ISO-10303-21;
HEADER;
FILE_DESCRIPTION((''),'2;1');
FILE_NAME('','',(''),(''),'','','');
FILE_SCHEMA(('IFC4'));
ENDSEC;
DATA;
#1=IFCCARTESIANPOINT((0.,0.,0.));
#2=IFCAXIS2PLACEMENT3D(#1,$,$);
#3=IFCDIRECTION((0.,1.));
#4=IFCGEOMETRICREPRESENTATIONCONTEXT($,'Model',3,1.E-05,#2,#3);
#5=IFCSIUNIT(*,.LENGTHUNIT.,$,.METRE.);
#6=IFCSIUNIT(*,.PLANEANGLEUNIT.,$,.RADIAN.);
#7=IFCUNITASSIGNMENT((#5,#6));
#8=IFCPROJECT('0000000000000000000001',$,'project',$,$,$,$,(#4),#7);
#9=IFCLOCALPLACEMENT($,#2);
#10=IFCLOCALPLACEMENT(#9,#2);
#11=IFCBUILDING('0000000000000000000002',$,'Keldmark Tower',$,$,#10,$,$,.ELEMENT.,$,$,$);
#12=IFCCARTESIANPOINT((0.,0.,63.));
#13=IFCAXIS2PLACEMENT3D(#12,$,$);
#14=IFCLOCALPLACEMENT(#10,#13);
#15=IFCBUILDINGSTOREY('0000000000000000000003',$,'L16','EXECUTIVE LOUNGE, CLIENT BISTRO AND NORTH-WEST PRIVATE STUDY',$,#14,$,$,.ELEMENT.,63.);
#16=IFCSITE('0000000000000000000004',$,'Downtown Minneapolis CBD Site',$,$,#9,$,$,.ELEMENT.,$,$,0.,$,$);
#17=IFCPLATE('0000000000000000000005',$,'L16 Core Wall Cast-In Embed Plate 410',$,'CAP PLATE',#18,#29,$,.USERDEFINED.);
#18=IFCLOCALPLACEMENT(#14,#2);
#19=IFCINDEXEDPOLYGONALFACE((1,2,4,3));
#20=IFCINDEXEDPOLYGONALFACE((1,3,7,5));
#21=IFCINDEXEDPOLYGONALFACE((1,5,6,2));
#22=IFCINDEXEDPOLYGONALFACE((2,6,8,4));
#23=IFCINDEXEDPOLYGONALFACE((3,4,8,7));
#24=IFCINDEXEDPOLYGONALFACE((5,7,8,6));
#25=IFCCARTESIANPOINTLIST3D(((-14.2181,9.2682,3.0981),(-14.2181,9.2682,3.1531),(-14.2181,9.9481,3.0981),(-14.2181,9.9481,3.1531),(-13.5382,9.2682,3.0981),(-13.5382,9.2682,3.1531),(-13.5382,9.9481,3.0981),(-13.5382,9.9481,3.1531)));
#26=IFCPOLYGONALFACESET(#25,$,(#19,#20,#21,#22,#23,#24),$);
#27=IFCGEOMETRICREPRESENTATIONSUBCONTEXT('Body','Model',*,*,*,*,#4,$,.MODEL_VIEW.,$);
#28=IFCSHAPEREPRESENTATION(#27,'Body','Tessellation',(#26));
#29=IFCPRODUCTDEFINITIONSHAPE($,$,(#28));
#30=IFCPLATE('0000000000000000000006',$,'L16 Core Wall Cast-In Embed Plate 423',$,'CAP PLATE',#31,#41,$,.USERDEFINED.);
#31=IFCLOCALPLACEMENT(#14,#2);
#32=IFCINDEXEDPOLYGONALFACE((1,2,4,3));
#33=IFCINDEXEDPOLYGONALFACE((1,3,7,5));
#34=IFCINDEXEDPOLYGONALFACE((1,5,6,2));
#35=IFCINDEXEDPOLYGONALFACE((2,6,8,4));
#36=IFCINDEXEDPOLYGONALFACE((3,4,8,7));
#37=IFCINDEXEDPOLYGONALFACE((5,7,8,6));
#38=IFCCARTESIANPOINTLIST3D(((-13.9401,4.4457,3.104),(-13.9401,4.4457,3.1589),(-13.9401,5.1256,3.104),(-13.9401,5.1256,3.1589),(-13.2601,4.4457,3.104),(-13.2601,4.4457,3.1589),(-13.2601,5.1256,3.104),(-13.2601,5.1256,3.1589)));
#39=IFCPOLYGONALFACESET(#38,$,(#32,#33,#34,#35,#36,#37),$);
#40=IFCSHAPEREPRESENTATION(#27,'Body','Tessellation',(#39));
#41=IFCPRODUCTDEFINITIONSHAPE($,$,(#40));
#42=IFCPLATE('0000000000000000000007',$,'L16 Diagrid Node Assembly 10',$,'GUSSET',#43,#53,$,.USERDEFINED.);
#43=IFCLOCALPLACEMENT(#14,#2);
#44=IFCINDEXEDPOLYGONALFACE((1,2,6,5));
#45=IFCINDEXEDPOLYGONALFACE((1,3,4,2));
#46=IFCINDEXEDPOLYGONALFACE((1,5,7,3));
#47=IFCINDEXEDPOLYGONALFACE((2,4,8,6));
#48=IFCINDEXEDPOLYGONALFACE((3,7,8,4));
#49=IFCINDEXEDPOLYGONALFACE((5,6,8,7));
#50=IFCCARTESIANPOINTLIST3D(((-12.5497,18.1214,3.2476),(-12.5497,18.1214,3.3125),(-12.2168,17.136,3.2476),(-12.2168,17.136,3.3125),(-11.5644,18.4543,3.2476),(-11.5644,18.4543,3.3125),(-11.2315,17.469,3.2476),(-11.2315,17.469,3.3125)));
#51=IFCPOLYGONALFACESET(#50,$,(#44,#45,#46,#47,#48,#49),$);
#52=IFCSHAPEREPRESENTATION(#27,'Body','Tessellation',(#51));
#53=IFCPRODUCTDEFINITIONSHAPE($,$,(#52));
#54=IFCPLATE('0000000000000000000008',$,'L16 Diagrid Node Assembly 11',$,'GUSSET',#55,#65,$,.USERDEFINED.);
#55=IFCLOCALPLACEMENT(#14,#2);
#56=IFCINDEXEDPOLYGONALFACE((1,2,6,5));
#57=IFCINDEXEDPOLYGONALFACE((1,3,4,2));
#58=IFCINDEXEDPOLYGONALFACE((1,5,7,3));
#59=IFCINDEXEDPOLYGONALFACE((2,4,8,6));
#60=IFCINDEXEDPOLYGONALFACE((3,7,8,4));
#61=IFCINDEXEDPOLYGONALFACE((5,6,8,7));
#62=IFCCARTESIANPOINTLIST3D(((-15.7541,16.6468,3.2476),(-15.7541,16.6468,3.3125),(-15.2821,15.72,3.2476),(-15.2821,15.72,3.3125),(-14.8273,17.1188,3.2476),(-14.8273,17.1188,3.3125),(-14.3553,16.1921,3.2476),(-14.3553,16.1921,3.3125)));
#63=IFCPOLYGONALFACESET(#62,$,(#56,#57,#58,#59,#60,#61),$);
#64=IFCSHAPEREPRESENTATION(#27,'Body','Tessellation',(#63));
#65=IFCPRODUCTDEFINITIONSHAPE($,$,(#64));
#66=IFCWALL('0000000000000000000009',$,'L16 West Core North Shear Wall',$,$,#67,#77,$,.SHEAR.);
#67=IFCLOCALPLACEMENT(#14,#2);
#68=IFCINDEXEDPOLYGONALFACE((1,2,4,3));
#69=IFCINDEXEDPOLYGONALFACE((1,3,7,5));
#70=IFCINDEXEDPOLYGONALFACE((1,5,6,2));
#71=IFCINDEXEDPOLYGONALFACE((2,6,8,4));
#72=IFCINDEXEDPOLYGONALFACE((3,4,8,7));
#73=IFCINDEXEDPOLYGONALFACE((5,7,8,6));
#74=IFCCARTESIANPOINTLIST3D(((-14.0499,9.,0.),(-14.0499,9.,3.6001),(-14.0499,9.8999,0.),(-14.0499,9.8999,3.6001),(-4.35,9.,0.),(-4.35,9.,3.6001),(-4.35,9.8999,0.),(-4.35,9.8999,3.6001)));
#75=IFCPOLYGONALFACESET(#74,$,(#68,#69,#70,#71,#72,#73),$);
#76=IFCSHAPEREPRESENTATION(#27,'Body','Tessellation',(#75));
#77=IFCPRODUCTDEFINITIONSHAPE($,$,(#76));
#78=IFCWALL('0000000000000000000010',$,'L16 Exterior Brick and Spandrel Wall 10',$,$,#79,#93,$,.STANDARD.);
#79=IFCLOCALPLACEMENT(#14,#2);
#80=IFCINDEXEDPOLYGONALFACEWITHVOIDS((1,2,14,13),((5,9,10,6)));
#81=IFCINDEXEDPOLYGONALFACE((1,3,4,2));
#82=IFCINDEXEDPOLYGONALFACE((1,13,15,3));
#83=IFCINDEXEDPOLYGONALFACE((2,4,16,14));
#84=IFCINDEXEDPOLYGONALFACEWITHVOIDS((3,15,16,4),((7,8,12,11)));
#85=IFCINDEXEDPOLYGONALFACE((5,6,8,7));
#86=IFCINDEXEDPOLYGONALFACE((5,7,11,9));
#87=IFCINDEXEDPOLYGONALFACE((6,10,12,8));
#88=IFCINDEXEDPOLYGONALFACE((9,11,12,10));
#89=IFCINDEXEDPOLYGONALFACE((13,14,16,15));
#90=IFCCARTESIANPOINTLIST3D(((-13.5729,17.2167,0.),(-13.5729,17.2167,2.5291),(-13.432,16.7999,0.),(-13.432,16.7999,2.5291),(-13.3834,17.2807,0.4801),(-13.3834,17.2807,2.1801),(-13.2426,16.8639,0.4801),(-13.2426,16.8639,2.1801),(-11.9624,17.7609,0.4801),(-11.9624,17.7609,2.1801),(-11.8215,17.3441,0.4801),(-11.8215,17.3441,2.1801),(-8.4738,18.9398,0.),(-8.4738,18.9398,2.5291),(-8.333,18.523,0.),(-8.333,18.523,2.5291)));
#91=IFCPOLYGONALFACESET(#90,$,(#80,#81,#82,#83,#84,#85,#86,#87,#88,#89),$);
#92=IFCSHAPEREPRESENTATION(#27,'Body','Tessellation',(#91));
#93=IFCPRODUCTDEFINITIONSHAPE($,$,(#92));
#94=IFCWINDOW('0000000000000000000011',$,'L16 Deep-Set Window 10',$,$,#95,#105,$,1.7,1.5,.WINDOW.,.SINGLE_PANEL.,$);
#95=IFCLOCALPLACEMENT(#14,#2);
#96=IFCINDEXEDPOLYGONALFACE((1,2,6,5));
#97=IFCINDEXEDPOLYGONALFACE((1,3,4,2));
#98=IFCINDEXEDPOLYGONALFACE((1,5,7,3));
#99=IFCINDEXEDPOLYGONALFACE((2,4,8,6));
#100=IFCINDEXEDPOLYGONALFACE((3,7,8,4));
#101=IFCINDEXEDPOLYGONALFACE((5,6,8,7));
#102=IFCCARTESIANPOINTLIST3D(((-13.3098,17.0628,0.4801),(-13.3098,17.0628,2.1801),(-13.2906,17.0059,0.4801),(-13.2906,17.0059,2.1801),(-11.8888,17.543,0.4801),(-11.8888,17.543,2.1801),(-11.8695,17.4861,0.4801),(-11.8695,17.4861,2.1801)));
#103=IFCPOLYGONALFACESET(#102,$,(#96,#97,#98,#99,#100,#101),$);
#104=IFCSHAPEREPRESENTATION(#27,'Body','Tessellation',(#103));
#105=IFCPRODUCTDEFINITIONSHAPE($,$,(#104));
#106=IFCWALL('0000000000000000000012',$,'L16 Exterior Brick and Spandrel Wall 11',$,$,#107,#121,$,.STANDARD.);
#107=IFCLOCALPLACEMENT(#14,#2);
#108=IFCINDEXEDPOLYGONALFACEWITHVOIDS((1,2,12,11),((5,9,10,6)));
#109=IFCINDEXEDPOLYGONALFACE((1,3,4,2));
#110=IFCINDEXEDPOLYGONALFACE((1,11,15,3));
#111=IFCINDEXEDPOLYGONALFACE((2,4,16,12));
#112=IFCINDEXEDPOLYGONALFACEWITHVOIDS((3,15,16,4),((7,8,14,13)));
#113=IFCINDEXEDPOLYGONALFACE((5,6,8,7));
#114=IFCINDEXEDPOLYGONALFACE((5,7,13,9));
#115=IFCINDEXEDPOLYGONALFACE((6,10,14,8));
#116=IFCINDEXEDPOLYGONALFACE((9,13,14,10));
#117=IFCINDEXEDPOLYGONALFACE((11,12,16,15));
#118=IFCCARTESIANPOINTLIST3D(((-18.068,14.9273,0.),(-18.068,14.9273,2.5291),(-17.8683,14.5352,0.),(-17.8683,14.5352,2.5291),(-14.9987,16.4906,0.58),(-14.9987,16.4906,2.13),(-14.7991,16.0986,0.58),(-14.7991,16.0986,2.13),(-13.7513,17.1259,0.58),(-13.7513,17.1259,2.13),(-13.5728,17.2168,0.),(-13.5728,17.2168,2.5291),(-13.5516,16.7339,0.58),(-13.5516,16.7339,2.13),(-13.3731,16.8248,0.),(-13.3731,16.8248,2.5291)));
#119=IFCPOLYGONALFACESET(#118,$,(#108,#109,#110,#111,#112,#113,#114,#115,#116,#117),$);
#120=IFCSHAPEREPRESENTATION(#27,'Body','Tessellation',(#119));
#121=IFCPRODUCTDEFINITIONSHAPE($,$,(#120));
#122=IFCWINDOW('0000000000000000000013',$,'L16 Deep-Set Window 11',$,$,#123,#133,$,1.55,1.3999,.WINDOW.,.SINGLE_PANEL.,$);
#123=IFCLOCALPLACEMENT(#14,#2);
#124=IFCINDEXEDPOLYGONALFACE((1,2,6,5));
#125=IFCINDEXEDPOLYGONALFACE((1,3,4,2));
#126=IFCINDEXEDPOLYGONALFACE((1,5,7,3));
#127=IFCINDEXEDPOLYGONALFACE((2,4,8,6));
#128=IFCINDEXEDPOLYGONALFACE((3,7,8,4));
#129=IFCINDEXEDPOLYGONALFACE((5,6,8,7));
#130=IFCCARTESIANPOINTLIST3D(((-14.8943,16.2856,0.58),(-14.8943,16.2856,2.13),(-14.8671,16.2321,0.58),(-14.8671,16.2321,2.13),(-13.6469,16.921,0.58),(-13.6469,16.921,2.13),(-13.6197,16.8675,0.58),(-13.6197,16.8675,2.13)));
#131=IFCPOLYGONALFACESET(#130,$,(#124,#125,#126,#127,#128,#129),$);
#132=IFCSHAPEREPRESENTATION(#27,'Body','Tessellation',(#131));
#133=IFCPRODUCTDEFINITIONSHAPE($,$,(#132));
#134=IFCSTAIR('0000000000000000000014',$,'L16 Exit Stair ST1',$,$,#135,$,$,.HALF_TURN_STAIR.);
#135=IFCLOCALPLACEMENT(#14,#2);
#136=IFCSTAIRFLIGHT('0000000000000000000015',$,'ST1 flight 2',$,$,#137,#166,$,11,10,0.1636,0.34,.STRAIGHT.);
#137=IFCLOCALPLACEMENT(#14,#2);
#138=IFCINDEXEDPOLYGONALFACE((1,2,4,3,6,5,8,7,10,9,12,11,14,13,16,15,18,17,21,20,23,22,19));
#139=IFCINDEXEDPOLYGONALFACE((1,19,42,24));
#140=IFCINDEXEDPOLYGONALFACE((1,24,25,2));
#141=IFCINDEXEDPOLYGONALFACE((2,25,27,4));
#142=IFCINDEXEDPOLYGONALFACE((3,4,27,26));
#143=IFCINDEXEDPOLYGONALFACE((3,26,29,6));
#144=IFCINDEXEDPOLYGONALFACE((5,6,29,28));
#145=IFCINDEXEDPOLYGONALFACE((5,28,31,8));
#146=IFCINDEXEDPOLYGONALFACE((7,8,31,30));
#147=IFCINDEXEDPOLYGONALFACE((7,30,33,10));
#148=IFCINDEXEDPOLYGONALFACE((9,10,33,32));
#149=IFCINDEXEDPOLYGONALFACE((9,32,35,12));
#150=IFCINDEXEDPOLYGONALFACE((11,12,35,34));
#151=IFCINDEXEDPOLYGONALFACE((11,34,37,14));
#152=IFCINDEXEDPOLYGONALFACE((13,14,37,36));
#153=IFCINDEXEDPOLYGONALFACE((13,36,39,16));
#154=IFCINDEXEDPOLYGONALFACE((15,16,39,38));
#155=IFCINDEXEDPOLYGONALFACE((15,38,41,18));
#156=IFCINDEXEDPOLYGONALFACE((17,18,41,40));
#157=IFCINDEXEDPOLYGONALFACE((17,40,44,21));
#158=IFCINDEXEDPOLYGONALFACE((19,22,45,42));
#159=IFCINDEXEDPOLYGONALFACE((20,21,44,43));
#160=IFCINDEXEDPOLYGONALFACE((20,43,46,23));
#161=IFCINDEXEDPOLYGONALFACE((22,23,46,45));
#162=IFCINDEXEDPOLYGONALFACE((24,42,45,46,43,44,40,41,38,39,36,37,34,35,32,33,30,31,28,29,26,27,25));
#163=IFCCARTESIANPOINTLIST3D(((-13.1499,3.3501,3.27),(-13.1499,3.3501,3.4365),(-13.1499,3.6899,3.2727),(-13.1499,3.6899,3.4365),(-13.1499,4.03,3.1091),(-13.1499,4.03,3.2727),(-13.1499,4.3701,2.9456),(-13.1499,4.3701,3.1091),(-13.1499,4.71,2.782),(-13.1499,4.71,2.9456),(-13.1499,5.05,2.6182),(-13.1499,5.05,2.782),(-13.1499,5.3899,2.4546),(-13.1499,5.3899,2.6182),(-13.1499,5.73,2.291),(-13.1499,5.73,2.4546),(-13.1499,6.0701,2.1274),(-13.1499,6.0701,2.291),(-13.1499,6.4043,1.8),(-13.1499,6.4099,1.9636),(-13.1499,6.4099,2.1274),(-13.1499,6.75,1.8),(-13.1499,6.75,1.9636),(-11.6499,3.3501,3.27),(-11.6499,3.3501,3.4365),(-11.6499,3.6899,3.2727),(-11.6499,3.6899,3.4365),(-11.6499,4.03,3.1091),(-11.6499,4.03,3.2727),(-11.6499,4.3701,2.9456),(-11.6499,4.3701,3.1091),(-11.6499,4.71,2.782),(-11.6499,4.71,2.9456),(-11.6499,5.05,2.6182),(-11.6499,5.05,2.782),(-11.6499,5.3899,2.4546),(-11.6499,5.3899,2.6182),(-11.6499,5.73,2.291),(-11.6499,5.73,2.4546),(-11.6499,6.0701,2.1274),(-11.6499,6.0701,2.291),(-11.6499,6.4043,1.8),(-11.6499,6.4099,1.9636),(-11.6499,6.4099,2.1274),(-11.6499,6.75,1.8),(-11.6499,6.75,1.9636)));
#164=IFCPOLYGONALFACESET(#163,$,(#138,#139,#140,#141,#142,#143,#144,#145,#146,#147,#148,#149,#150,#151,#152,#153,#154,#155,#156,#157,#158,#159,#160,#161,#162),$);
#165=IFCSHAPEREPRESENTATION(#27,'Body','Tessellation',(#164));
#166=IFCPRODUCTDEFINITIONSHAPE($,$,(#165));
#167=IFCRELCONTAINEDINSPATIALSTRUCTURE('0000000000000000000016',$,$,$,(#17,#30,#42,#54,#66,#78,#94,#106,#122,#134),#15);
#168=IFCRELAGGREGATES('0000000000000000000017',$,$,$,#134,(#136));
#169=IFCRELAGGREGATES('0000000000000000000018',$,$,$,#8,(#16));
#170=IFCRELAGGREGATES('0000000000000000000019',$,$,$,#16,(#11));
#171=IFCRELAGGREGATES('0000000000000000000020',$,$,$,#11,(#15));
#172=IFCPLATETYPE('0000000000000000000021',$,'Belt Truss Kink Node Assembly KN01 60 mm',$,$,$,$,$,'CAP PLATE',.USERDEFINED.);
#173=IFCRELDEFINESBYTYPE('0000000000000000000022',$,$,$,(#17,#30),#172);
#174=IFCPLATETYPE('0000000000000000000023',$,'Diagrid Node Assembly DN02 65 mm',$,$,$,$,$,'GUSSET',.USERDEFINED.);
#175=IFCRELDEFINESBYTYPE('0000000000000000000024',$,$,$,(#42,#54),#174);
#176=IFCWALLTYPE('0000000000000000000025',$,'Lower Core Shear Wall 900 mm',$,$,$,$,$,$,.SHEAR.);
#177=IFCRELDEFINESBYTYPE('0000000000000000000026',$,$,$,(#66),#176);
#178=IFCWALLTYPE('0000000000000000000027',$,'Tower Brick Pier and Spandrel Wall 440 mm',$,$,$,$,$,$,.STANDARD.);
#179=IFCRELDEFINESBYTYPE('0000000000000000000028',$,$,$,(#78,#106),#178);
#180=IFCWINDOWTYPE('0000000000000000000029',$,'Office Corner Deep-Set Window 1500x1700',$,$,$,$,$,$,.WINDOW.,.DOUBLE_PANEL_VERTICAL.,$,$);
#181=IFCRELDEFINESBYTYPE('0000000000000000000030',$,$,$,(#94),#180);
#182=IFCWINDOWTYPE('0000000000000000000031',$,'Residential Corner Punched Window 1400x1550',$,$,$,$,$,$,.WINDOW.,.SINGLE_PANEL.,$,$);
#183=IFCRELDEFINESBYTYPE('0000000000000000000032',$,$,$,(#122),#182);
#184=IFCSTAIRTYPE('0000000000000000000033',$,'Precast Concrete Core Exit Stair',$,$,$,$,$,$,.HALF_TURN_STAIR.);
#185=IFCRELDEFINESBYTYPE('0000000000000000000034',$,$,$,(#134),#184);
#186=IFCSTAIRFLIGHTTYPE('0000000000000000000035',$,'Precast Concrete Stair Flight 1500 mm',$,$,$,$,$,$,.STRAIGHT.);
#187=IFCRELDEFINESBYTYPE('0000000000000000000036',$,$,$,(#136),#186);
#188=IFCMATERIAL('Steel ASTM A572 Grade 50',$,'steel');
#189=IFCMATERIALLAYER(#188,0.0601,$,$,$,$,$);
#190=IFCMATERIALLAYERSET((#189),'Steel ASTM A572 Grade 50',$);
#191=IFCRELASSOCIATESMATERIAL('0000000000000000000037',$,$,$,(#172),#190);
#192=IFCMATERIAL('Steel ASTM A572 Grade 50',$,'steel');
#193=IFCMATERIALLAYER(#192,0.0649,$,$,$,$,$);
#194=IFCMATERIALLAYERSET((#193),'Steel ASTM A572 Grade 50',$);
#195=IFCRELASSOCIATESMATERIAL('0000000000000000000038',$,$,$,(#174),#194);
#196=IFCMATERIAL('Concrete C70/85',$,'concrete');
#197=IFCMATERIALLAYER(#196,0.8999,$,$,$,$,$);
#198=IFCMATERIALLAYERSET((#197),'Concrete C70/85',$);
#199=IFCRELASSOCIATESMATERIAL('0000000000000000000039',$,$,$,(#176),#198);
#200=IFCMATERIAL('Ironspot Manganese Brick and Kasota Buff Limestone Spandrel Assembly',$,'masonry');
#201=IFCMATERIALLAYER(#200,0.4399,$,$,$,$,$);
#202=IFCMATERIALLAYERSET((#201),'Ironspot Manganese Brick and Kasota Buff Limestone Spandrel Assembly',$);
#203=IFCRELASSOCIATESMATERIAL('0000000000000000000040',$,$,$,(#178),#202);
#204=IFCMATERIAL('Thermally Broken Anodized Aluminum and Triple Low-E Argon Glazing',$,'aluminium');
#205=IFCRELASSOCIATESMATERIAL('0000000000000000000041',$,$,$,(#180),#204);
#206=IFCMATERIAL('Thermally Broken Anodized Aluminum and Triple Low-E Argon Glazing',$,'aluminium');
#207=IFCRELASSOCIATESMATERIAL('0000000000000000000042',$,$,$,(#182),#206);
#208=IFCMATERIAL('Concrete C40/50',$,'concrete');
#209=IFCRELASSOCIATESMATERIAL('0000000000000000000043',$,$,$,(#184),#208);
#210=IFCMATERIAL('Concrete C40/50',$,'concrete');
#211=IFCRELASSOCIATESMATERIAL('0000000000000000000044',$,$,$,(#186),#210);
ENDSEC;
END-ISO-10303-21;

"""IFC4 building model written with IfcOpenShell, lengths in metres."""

from ifc_helpers import new_model, si_unit, direction, frame, frame_2d, origin, origin_2d, place, context, subcontext, project, spatial, polyline, rectangle, outline, extrude, material, layer, layer_set, type_object, element, fill, aggregate, save


model = new_model("IFC4")

# Units and contexts
model_context = context("Model", 3, precision=1e-05, world=origin(), true_north=direction((0.0, 1.0)))
body_context = subcontext(model_context, "Body", "Model", "MODEL_VIEW")
ifc_project = project(units=[si_unit("LENGTHUNIT", "METRE"), si_unit("PLANEANGLEUNIT", "RADIAN")], contexts=[model_context])

# Site, building, storey
site_placement = place(None, origin())
site = spatial("IfcSite", under=ifc_project, at=site_placement, Name="Downtown Minneapolis CBD Site", CompositionType="ELEMENT", RefElevation=0.0)
building_placement = place(site_placement, origin())
building = spatial("IfcBuilding", under=site, at=building_placement, Name="Keldmark Tower", CompositionType="ELEMENT")
storey_placement = place(building_placement, frame((0.0, 0.0, 63.0)))
storey = spatial("IfcBuildingStorey", under=building, at=storey_placement, Name="L16", Description="EXECUTIVE LOUNGE, CLIENT BISTRO AND NORTH-WEST PRIVATE STUDY", CompositionType="ELEMENT", Elevation=63.0)

# Plates
ifc_material_1 = material(Name="Steel ASTM A572 Grade 50", Category="steel")
ifc_layer_1 = layer(ifc_material_1, 0.0601)
ifc_layer_set_1 = layer_set([ifc_layer_1], Name="Steel ASTM A572 Grade 50")
plate_type_1 = type_object("IfcPlateType", Name="Belt Truss Kink Node Assembly KN01 60 mm", ElementType="CAP PLATE", PredefinedType="USERDEFINED", material=ifc_layer_set_1)
for number, where, z_axis, x_axis, name in (
    (1, (-13.8782, 9.6082, 3.0981), (0.0, 0.0, 1.0), (1.0, 0.0, 0.0), "L16 Core Wall Cast-In Embed Plate 410"),
    (2, (-13.6001, 4.7856, 3.104), (0.0, 0.0, 1.0), (1.0, 0.0, 0.0), "L16 Core Wall Cast-In Embed Plate 423"),
):
    element("IfcPlate", number, at=place(storey_placement, frame(where, z_axis=z_axis, x_axis=x_axis)), inside=storey, type_object=plate_type_1, Name=name, ObjectType="CAP PLATE", PredefinedType="USERDEFINED", context=body_context, shape_type="SweptSolid", body=[
        extrude(rectangle(XDim=0.6799, YDim=0.6799, at=origin_2d()), origin(), (0.0, 0.0, 1.0), 0.0549),
    ])
ifc_material_2 = material(Name="Steel ASTM A572 Grade 50", Category="steel")
ifc_layer_2 = layer(ifc_material_2, 0.0649)
ifc_layer_set_2 = layer_set([ifc_layer_2], Name="Steel ASTM A572 Grade 50")
plate_type_2 = type_object("IfcPlateType", Name="Diagrid Node Assembly DN02 65 mm", ElementType="GUSSET", PredefinedType="USERDEFINED", material=ifc_layer_set_2)
for number, where, z_axis, x_axis, name in (
    (3, (-11.8906, 17.7952, 3.2476), (0.0, 0.0, 1.0), (-0.947378, -0.320117, 0.0), "L16 Diagrid Node Assembly 10"),
    (4, (-15.0547, 16.4194, 3.2476), (0.0, 0.0, 1.0), (-0.891086, -0.453835, 0.0), "L16 Diagrid Node Assembly 11"),
):
    element("IfcPlate", number, at=place(storey_placement, frame(where, z_axis=z_axis, x_axis=x_axis)), inside=storey, type_object=plate_type_2, Name=name, ObjectType="GUSSET", PredefinedType="USERDEFINED", context=body_context, shape_type="SweptSolid", body=[
        extrude(rectangle(XDim=1.04, YDim=1.04, at=origin_2d()), origin(), (0.0, 0.0, 1.0), 0.0649),
    ])

# Wall
ifc_material_3 = material(Name="Concrete C70/85", Category="concrete")
ifc_layer_3 = layer(ifc_material_3, 0.8999)
ifc_layer_set_3 = layer_set([ifc_layer_3], Name="Concrete C70/85")
wall_type_1 = type_object("IfcWallType", Name="Lower Core Shear Wall 900 mm", PredefinedType="SHEAR", material=ifc_layer_set_3)
wall_1_placement = place(storey_placement, frame((-14.05, 9.45, 0.0), z_axis=(0.0, 0.0, 1.0), x_axis=(1.0, 0.0, 0.0)))
element("IfcWall", 5, at=wall_1_placement, inside=storey, type_object=wall_type_1, Name="L16 West Core North Shear Wall", PredefinedType="SHEAR", context=body_context, shape_type="SweptSolid", body=[
    extrude(rectangle(XDim=9.7, YDim=0.8999, at=frame_2d((4.8501, 0.0))), origin(), (0.0, 0.0, 1.0), 3.6001),
])

# Walls, openings, windows
ifc_material_4 = material(Name="Ironspot Manganese Brick and Kasota Buff Limestone Spandrel Assembly", Category="masonry")
ifc_layer_4 = layer(ifc_material_4, 0.4399)
ifc_layer_set_4 = layer_set([ifc_layer_4], Name="Ironspot Manganese Brick and Kasota Buff Limestone Spandrel Assembly")
wall_type_2 = type_object("IfcWallType", Name="Tower Brick Pier and Spandrel Wall 440 mm", PredefinedType="STANDARD", material=ifc_layer_set_4)
wall_2_placement = place(storey_placement, frame((-13.5024, 17.0083, 0.0), z_axis=(0.0, 0.0, 1.0), x_axis=(0.947369, 0.320144, 0.0)))
wall_2 = element("IfcWall", 6, at=wall_2_placement, inside=storey, type_object=wall_type_2, Name="L16 Exterior Brick and Spandrel Wall 10", PredefinedType="STANDARD", context=body_context, shape_type="SweptSolid", body=[
    extrude(rectangle(XDim=5.3823, YDim=0.4399, at=frame_2d((2.6912, 0.0))), origin(), (0.0, 0.0, 1.0), 2.5291),
])
opening_1_placement = place(wall_2_placement, frame((0.2, 0.0, 0.48)))
opening_1 = element("IfcOpeningElement", 7, at=opening_1_placement, cuts=wall_2, PredefinedType="OPENING", context=body_context, shape_type="SweptSolid", body=[
    extrude(rectangle(XDim=1.5, YDim=1.7, at=frame_2d((0.75, 0.8501))), frame((0.0, 0.23, 0.0), z_axis=(0.0, -1.0, 0.0), x_axis=(1.0, 0.0, 0.0)), (0.0, 0.0, 1.0), 0.46),
])
ifc_material_5 = material(Name="Thermally Broken Anodized Aluminum and Triple Low-E Argon Glazing", Category="aluminium")
window_type_1 = type_object("IfcWindowType", Name="Office Corner Deep-Set Window 1500x1700", PartitioningType="DOUBLE_PANEL_VERTICAL", PredefinedType="WINDOW", material=ifc_material_5)
window_1_placement = place(opening_1_placement, origin())
window_1 = element("IfcWindow", 8, at=window_1_placement, inside=storey, type_object=window_type_1, Name="L16 Deep-Set Window 10", OverallHeight=1.7, OverallWidth=1.5, PartitioningType="SINGLE_PANEL", PredefinedType="WINDOW", context=body_context, shape_type="SweptSolid", body=[
    extrude(rectangle(XDim=1.5, YDim=1.7, at=frame_2d((0.75, 0.8501))), frame((0.0, -0.01, 0.0), z_axis=(0.0, -1.0, 0.0), x_axis=(1.0, 0.0, 0.0)), (0.0, 0.0, 1.0), 0.0601),
])
fill(opening_1, window_1)
wall_3_placement = place(storey_placement, frame((-17.9683, 14.7312, 0.0), z_axis=(0.0, 0.0, 1.0), x_axis=(0.891073, 0.453861, 0.0)))
wall_3 = element("IfcWall", 9, at=wall_3_placement, inside=storey, type_object=wall_type_2, Name="L16 Exterior Brick and Spandrel Wall 11", PredefinedType="STANDARD", context=body_context, shape_type="SweptSolid", body=[
    extrude(rectangle(XDim=5.0447, YDim=0.4399, at=frame_2d((2.5225, 0.0))), origin(), (0.0, 0.0, 1.0), 2.5291),
])
opening_2_placement = place(wall_3_placement, frame((3.4446, 0.0, 0.5801)))
opening_2 = element("IfcOpeningElement", 10, at=opening_2_placement, cuts=wall_3, PredefinedType="OPENING", context=body_context, shape_type="SweptSolid", body=[
    extrude(rectangle(XDim=1.3999, YDim=1.55, at=frame_2d((0.7, 0.7749))), frame((0.0, 0.23, 0.0), z_axis=(0.0, -1.0, 0.0), x_axis=(1.0, 0.0, 0.0)), (0.0, 0.0, 1.0), 0.46),
])
ifc_material_6 = material(Name="Thermally Broken Anodized Aluminum and Triple Low-E Argon Glazing", Category="aluminium")
window_type_2 = type_object("IfcWindowType", Name="Residential Corner Punched Window 1400x1550", PartitioningType="SINGLE_PANEL", PredefinedType="WINDOW", material=ifc_material_6)
window_2_placement = place(opening_2_placement, origin())
window_2 = element("IfcWindow", 11, at=window_2_placement, inside=storey, type_object=window_type_2, Name="L16 Deep-Set Window 11", OverallHeight=1.55, OverallWidth=1.3999, PartitioningType="SINGLE_PANEL", PredefinedType="WINDOW", context=body_context, shape_type="SweptSolid", body=[
    extrude(rectangle(XDim=1.3999, YDim=1.55, at=frame_2d((0.7, 0.7749))), frame((0.0, -0.01, 0.0), z_axis=(0.0, -1.0, 0.0), x_axis=(1.0, 0.0, 0.0)), (0.0, 0.0, 1.0), 0.0601),
])
fill(opening_2, window_2)

# Stair, stair flight
ifc_material_7 = material(Name="Concrete C40/50", Category="concrete")
stair_type = type_object("IfcStairType", Name="Precast Concrete Core Exit Stair", PredefinedType="HALF_TURN_STAIR", material=ifc_material_7)
stair_placement = place(storey_placement, origin())
stair = element("IfcStair", 12, at=stair_placement, inside=storey, type_object=stair_type, Name="L16 Exit Stair ST1", PredefinedType="HALF_TURN_STAIR")
ifc_material_8 = material(Name="Concrete C40/50", Category="concrete")
stair_flight_type = type_object("IfcStairFlightType", Name="Precast Concrete Stair Flight 1500 mm", PredefinedType="STRAIGHT", material=ifc_material_8)
stair_flight_placement = place(storey_placement, frame((-12.3999, 6.75, 1.8), z_axis=(0.0, 0.0, 1.0), x_axis=(0.0, -1.0, 0.0)))
stair_flight = element("IfcStairFlight", 13, at=stair_flight_placement, type_object=stair_flight_type, Name="ST1 flight 2", NumberOfRisers=11, NumberOfTreads=10, PredefinedType="STRAIGHT", RiserHeight=0.1636, TreadLength=0.34, context=body_context, shape_type="SweptSolid", body=[
    extrude(outline(polyline([(0.0, 0.0), (0.0, 0.1636), (0.3401, 0.1636), (0.3401, 0.3274), (0.6799, 0.3274), (0.6799, 0.491), (1.02, 0.491), (1.02, 0.6545), (1.3601, 0.6545), (1.3601, 0.8181), (1.7, 0.8181), (1.7, 0.9819), (2.04, 0.9819), (2.04, 1.1455), (2.3799, 1.1455), (2.3799, 1.3091), (2.72, 1.3091), (2.72, 1.4727), (3.0601, 1.4727), (3.0601, 1.6365), (3.3999, 1.6365), (3.3999, 1.8), (3.3999, 1.47), (0.3457, 0.0), (0.0, 0.0)])), frame((0.0, 0.75, 0.0), z_axis=(0.0, -1.0, 0.0), x_axis=(1.0, 0.0, 0.0)), (0.0, 0.0, 1.0), 1.5),
])
aggregate(stair, [stair_flight])

save(model, "model.ifc")
